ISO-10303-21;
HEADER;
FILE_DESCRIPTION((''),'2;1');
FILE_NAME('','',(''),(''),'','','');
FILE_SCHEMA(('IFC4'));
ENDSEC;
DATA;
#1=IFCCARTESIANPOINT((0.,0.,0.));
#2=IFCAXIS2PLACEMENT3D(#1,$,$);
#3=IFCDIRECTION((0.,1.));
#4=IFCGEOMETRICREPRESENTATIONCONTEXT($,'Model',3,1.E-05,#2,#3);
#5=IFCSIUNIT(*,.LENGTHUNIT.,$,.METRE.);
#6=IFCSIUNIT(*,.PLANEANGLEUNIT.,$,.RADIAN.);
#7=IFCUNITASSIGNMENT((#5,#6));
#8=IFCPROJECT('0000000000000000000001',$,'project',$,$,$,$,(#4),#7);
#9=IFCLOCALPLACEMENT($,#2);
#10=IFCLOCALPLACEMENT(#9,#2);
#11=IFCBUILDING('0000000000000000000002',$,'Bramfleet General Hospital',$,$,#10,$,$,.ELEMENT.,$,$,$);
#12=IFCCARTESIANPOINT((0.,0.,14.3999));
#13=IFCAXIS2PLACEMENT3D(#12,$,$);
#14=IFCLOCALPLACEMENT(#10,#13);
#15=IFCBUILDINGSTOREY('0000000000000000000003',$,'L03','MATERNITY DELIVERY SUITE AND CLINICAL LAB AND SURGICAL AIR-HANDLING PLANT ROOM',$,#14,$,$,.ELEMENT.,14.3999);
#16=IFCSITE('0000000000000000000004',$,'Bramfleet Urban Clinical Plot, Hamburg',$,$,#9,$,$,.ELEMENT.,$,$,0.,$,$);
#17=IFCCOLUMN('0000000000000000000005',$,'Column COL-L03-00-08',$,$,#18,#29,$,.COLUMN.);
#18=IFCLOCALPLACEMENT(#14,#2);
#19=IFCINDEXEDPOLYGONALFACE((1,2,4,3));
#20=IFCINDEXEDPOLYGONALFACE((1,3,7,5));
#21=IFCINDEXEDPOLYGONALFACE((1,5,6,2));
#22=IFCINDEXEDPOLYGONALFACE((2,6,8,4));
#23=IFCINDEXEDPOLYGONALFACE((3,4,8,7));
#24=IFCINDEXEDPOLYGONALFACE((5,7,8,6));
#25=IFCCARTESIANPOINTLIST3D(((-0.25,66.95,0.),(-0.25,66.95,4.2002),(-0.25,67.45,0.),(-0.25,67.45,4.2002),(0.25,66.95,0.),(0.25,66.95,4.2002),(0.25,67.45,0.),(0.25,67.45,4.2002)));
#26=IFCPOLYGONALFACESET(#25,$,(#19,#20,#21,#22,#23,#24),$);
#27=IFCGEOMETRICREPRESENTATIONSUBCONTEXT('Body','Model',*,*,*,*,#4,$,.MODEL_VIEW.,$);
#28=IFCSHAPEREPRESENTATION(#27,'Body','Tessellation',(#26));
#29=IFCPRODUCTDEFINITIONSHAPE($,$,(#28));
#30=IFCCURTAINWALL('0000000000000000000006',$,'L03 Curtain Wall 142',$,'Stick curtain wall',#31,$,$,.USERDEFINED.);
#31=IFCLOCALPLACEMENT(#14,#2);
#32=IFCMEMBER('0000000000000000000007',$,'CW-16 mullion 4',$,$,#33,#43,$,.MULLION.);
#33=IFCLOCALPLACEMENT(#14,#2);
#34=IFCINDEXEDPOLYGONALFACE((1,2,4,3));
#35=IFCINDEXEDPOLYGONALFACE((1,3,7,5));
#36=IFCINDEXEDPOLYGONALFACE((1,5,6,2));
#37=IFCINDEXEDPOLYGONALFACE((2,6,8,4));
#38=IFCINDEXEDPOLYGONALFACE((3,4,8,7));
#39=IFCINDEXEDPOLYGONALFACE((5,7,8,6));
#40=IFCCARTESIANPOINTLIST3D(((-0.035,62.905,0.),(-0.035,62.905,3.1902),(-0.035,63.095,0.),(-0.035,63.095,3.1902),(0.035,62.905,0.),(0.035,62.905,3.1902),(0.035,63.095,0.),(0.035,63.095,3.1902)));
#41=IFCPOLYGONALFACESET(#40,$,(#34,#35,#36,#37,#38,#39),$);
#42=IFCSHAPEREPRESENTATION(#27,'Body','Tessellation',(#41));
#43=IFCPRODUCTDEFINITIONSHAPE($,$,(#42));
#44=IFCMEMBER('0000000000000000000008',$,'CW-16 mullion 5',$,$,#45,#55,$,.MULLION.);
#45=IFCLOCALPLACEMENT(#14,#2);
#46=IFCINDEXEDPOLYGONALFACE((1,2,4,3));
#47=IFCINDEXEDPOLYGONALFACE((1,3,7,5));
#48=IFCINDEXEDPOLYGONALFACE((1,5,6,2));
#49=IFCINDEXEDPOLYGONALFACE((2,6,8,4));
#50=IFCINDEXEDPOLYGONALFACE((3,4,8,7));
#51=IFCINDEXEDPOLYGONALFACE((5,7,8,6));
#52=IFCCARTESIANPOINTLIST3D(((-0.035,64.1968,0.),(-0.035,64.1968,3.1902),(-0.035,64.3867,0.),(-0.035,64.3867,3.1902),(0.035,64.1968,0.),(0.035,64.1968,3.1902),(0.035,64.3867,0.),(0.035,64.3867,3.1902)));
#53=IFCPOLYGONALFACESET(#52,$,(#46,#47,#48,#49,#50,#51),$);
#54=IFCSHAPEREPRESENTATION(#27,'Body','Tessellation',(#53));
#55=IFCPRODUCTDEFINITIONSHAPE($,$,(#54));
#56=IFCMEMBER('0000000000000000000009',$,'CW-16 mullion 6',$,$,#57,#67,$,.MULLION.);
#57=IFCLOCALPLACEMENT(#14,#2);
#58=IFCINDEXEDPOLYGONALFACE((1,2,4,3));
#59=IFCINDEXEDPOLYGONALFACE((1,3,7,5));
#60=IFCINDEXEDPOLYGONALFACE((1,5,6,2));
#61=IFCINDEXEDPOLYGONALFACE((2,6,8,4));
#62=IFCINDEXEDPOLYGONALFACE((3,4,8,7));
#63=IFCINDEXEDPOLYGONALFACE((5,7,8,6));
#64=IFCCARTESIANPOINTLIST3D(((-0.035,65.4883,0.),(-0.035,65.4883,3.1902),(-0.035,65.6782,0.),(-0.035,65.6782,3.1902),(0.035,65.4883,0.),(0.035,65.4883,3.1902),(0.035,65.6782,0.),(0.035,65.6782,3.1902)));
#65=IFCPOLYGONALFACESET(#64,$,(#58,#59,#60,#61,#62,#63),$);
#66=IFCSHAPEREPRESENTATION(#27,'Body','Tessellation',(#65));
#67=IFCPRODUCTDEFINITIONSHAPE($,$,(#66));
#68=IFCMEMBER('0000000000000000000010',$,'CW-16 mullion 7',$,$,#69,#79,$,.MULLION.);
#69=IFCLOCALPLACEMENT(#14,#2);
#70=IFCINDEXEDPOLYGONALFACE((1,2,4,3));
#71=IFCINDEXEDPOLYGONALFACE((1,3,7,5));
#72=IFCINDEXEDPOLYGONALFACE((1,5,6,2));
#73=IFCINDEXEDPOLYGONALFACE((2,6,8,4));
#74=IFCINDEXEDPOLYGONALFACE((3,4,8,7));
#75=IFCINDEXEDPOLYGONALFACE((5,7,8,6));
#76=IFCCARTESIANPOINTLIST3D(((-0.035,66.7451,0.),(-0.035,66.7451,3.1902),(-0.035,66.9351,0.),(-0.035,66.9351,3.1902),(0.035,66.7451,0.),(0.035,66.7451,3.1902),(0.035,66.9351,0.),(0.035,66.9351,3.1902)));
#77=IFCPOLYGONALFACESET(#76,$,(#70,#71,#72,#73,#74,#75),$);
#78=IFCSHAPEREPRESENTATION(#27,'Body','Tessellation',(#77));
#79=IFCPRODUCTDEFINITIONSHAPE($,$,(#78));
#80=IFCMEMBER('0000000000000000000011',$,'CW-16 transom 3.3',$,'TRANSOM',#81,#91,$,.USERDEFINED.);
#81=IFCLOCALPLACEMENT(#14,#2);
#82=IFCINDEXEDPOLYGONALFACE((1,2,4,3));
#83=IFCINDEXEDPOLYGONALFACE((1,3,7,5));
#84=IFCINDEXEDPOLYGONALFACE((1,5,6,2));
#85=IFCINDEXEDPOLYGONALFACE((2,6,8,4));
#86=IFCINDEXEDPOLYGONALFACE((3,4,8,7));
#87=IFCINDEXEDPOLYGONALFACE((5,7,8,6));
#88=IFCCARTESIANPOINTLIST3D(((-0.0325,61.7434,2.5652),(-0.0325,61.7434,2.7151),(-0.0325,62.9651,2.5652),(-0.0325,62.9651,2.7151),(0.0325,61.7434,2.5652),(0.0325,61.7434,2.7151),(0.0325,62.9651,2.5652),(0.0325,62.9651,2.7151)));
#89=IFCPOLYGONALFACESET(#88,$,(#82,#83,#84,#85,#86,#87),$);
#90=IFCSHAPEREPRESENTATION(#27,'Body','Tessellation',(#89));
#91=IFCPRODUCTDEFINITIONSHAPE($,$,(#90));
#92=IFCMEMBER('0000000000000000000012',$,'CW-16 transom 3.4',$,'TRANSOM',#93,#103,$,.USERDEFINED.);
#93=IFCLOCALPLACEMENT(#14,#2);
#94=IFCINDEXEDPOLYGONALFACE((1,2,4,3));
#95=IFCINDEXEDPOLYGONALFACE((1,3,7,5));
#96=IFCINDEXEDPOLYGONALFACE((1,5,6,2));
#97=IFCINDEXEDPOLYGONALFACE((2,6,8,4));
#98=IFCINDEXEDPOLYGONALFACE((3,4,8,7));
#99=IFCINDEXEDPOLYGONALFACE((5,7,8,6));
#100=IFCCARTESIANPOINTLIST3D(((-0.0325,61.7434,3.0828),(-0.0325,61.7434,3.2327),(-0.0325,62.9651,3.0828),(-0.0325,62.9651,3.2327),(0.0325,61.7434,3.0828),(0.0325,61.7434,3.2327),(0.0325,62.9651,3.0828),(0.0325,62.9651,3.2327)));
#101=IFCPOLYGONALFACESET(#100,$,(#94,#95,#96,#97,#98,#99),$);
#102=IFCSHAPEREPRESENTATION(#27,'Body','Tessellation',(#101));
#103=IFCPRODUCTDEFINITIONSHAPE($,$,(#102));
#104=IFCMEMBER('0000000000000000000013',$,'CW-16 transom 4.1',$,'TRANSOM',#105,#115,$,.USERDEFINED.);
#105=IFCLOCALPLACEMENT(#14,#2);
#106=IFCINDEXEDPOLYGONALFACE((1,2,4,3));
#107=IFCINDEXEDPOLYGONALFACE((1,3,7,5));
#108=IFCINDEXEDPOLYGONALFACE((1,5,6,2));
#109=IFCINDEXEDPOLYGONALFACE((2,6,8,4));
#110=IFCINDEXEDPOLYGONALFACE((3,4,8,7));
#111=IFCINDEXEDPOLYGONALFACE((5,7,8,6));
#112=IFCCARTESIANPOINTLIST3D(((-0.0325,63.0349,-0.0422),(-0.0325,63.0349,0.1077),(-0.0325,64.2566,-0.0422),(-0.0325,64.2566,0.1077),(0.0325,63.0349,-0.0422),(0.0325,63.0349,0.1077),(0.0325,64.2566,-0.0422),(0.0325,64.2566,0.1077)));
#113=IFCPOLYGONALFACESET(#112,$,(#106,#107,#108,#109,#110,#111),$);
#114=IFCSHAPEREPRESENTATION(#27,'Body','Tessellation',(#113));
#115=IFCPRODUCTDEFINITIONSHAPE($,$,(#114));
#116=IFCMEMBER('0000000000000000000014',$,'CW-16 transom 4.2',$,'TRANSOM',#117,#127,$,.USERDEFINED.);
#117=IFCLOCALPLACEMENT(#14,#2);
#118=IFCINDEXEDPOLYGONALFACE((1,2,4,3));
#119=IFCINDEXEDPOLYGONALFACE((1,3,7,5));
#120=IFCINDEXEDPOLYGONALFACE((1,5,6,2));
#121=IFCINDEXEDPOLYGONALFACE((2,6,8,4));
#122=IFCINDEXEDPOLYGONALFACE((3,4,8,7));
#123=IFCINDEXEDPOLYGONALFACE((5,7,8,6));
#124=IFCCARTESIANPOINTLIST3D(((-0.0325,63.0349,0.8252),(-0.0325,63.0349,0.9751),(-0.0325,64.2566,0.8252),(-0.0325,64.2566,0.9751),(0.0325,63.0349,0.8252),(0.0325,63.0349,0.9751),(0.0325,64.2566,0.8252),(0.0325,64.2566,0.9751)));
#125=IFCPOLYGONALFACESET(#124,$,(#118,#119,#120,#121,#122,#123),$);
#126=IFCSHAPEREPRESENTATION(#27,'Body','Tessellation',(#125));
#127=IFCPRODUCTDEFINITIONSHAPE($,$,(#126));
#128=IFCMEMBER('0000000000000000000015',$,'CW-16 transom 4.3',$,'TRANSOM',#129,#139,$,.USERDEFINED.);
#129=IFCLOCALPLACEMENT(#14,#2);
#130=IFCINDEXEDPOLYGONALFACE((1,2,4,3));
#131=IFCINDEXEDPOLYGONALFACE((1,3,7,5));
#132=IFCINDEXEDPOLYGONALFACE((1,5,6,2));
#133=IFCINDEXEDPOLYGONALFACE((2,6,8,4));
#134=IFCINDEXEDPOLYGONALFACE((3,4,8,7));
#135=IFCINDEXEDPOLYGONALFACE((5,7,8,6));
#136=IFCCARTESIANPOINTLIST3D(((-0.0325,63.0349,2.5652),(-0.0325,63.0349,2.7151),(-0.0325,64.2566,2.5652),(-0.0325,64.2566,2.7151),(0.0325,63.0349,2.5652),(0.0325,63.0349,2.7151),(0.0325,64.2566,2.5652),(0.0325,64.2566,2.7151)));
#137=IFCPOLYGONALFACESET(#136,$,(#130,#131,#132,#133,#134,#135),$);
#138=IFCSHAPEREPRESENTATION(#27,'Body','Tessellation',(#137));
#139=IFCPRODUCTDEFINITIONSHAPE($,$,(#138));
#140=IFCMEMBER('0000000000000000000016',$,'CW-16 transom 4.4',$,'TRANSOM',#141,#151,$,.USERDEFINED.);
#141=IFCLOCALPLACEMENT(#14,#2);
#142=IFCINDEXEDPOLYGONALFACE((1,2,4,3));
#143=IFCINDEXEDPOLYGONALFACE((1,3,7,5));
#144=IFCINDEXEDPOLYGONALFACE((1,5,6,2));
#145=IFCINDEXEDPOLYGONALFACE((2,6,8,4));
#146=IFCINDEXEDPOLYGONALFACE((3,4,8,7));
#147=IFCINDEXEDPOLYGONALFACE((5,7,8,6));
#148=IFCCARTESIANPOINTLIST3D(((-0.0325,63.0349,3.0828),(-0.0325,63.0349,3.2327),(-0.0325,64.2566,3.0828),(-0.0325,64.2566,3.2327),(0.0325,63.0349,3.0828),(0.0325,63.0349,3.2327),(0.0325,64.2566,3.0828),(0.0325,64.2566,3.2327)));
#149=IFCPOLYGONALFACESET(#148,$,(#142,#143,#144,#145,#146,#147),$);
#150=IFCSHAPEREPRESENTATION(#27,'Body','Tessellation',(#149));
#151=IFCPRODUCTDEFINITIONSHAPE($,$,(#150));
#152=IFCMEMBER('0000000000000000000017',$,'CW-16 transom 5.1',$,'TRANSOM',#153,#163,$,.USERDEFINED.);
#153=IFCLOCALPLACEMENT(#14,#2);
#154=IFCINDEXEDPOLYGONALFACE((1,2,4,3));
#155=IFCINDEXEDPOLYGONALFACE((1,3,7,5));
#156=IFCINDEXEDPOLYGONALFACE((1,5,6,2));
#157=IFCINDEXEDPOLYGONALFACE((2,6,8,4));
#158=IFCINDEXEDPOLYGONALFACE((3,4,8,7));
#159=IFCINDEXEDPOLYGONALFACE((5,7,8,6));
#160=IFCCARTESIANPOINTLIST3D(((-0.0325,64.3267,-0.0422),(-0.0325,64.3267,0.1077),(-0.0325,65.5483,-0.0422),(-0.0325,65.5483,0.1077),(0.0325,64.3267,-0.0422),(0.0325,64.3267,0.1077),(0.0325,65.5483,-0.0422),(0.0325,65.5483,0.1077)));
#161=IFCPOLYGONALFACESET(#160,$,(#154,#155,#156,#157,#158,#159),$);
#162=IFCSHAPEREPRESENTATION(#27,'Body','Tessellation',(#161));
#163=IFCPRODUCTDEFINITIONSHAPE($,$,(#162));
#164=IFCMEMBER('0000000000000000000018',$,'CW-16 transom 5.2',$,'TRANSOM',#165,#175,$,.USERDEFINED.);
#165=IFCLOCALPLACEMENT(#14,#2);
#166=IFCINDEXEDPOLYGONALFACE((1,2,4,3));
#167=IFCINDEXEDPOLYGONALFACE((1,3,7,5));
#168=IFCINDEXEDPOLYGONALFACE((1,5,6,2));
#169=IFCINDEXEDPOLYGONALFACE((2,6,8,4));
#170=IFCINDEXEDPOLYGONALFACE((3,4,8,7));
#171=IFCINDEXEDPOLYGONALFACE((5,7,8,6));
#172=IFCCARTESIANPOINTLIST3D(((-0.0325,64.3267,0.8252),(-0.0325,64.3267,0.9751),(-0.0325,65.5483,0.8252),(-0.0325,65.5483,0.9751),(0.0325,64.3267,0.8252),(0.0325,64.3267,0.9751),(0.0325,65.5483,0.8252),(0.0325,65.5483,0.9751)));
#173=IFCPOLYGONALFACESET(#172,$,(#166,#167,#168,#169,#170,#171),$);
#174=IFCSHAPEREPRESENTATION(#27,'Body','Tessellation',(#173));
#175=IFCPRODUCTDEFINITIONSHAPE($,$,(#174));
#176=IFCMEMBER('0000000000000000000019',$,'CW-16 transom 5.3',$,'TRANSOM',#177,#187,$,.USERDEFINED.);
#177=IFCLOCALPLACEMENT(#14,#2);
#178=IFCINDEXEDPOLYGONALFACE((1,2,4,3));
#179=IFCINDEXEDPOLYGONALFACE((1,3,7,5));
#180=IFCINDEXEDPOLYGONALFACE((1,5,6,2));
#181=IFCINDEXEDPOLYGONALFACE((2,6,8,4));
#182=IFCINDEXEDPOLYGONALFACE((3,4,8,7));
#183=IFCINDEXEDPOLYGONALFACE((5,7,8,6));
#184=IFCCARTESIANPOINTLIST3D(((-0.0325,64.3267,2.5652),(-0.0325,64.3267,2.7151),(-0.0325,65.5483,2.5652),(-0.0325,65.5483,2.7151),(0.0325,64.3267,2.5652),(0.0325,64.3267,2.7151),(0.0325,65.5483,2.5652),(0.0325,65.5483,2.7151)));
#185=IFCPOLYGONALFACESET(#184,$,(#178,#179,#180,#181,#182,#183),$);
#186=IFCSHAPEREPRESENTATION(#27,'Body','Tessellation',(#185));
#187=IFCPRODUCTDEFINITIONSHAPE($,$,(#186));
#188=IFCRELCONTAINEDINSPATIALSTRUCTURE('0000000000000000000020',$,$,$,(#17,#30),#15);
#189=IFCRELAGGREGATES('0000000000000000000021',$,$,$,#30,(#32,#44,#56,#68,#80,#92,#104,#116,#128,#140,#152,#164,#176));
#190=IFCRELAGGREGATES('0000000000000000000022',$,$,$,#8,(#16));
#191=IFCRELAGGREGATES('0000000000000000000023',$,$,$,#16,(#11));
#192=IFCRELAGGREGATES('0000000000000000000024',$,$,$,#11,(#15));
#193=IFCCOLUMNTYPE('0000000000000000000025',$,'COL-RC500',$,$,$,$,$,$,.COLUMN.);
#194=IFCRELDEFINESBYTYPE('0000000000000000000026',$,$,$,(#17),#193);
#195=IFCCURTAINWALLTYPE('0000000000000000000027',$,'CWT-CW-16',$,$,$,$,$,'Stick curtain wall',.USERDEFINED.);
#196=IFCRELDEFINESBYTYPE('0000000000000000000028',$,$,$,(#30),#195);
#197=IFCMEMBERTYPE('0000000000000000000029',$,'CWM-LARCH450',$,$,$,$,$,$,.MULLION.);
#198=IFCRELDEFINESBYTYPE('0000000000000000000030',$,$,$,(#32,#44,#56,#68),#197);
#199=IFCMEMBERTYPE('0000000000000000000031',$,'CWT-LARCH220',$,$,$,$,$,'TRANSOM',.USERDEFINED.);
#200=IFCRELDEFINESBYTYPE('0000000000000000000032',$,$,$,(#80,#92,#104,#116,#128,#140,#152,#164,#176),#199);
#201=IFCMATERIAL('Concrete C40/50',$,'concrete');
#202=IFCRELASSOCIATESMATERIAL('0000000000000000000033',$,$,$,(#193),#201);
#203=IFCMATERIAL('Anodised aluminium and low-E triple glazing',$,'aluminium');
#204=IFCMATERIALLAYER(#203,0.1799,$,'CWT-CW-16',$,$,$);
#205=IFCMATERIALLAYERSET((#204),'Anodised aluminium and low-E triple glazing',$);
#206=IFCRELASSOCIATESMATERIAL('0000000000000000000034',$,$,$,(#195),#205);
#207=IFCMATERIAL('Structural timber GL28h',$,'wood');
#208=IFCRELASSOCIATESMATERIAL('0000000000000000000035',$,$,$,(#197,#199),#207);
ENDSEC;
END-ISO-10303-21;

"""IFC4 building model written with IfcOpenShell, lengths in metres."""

from ifc_helpers import new_model, si_unit, direction, frame, origin, origin_2d, place, context, subcontext, project, spatial, rectangle, extrude, material, layer, layer_set, material_profile, profile_set, type_object, element, aggregate, save


model = new_model("IFC4")

# Units and contexts
model_context = context("Model", 3, precision=1e-05, world=origin(), true_north=direction((0.0, 1.0)))
body_context = subcontext(model_context, "Body", "Model", "MODEL_VIEW")
ifc_project = project(units=[si_unit("LENGTHUNIT", "METRE"), si_unit("PLANEANGLEUNIT", "RADIAN")], contexts=[model_context])

# Site, building, storey
site_placement = place(None, origin())
site = spatial("IfcSite", under=ifc_project, at=site_placement, Name="Bramfleet Urban Clinical Plot, Hamburg", CompositionType="ELEMENT", RefElevation=0.0)
building_placement = place(site_placement, origin())
building = spatial("IfcBuilding", under=site, at=building_placement, Name="Bramfleet General Hospital", CompositionType="ELEMENT")
storey_placement = place(building_placement, frame((0.0, 0.0, 14.3999)))
storey = spatial("IfcBuildingStorey", under=building, at=storey_placement, Name="L03", Description="MATERNITY DELIVERY SUITE AND CLINICAL LAB AND SURGICAL AIR-HANDLING PLANT ROOM", CompositionType="ELEMENT", Elevation=14.3999)

# Column
ifc_material_1 = material(Name="Concrete C40/50", Category="concrete")
ifc_material_profile_1 = material_profile(ifc_material_1, rectangle(XDim=0.5, YDim=0.5, at=origin_2d()), Name="RC COL 500x500")
ifc_profile_set_1 = profile_set([ifc_material_profile_1], Name="Concrete C40/50")
column_type = type_object("IfcColumnType", Name="COL-RC500", PredefinedType="COLUMN", material=ifc_profile_set_1)
column_placement = place(storey_placement, frame((0.0, 67.2, 0.0), z_axis=(0.0, 0.0, 1.0), x_axis=(1.0, 0.0, 0.0)))
element("IfcColumn", 1, at=column_placement, inside=storey, type_object=column_type, Name="Column COL-L03-00-08", PredefinedType="COLUMN", context=body_context, shape_type="SweptSolid", body=[
    extrude(rectangle(XDim=0.5, YDim=0.5, at=origin_2d()), origin(), (0.0, 0.0, 1.0), 4.2002),
])

# Curtain wall, members
ifc_material_2 = material(Name="Anodised aluminium and low-E triple glazing", Category="aluminium")
ifc_layer_1 = layer(ifc_material_2, 0.1799, Name="CWT-CW-16")
ifc_layer_set_1 = layer_set([ifc_layer_1], Name="Anodised aluminium and low-E triple glazing")
curtain_wall_type = type_object("IfcCurtainWallType", Name="CWT-CW-16", ElementType="Stick curtain wall", PredefinedType="USERDEFINED", material=ifc_layer_set_1)
curtain_wall_placement = place(storey_placement, origin())
curtain_wall = element("IfcCurtainWall", 2, at=curtain_wall_placement, inside=storey, type_object=curtain_wall_type, Name="L03 Curtain Wall 142", ObjectType="Stick curtain wall", PredefinedType="USERDEFINED")
ifc_material_3 = material(Name="Structural timber GL28h", Category="wood")
ifc_material_profile_2 = material_profile(ifc_material_3, rectangle(XDim=0.0701, YDim=0.1899, at=origin_2d()), Name="LARCH 190x70")
ifc_profile_set_2 = profile_set([ifc_material_profile_2], Name="Structural timber GL28h")
member_type_1 = type_object("IfcMemberType", Name="CWM-LARCH450", PredefinedType="MULLION", material=ifc_profile_set_2)
member_1_placement = place(storey_placement, frame((0.0, 63.0, 0.0), z_axis=(0.0, 0.0, 1.0), x_axis=(-1.0, 0.0, 0.0)))
member_1 = element("IfcMember", 3, at=member_1_placement, type_object=member_type_1, Name="CW-16 mullion 4", PredefinedType="MULLION", context=body_context, shape_type="SweptSolid", body=[
    extrude(rectangle(XDim=0.0701, YDim=0.1899, at=origin_2d()), origin(), (0.0, 0.0, 1.0), 3.1902),
])
member_2_placement = place(storey_placement, frame((0.0, 64.2917, 0.0), z_axis=(0.0, 0.0, 1.0), x_axis=(-1.0, 0.0, 0.0)))
member_2 = element("IfcMember", 4, at=member_2_placement, type_object=member_type_1, Name="CW-16 mullion 5", PredefinedType="MULLION", context=body_context, shape_type="SweptSolid", body=[
    extrude(rectangle(XDim=0.0701, YDim=0.1899, at=origin_2d()), origin(), (0.0, 0.0, 1.0), 3.1902),
])
member_3_placement = place(storey_placement, frame((0.0, 65.5833, 0.0), z_axis=(0.0, 0.0, 1.0), x_axis=(-1.0, 0.0, 0.0)))
member_3 = element("IfcMember", 5, at=member_3_placement, type_object=member_type_1, Name="CW-16 mullion 6", PredefinedType="MULLION", context=body_context, shape_type="SweptSolid", body=[
    extrude(rectangle(XDim=0.0701, YDim=0.1899, at=origin_2d()), origin(), (0.0, 0.0, 1.0), 3.1902),
])
member_4_placement = place(storey_placement, frame((0.0, 66.8401, 0.0), z_axis=(0.0, 0.0, 1.0), x_axis=(-1.0, 0.0, 0.0)))
member_4 = element("IfcMember", 6, at=member_4_placement, type_object=member_type_1, Name="CW-16 mullion 7", PredefinedType="MULLION", context=body_context, shape_type="SweptSolid", body=[
    extrude(rectangle(XDim=0.0701, YDim=0.1899, at=origin_2d()), origin(), (0.0, 0.0, 1.0), 3.1902),
])
ifc_material_profile_3 = material_profile(ifc_material_3, rectangle(XDim=0.0649, YDim=0.1499, at=origin_2d()), Name="LARCH 150x65")
ifc_profile_set_3 = profile_set([ifc_material_profile_3], Name="Structural timber GL28h")
member_type_2 = type_object("IfcMemberType", Name="CWT-LARCH220", ElementType="TRANSOM", PredefinedType="USERDEFINED", material=ifc_profile_set_3)
member_5_placement = place(storey_placement, frame((0.0, 61.7434, 2.6401), z_axis=(0.0, 1.0, 0.0), x_axis=(-1.0, 0.0, 0.0)))
member_5 = element("IfcMember", 7, at=member_5_placement, type_object=member_type_2, Name="CW-16 transom 3.3", ObjectType="TRANSOM", PredefinedType="USERDEFINED", context=body_context, shape_type="SweptSolid", body=[
    extrude(rectangle(XDim=0.0649, YDim=0.1499, at=origin_2d()), origin(), (0.0, 0.0, 1.0), 1.2217),
])
member_6_placement = place(storey_placement, frame((0.0, 61.7434, 3.1577), z_axis=(0.0, 1.0, 0.0), x_axis=(-1.0, 0.0, 0.0)))
member_6 = element("IfcMember", 8, at=member_6_placement, type_object=member_type_2, Name="CW-16 transom 3.4", ObjectType="TRANSOM", PredefinedType="USERDEFINED", context=body_context, shape_type="SweptSolid", body=[
    extrude(rectangle(XDim=0.0649, YDim=0.1499, at=origin_2d()), origin(), (0.0, 0.0, 1.0), 1.2217),
])
member_7_placement = place(storey_placement, frame((0.0, 63.0349, 0.0327), z_axis=(0.0, 1.0, 0.0), x_axis=(-1.0, 0.0, 0.0)))
member_7 = element("IfcMember", 9, at=member_7_placement, type_object=member_type_2, Name="CW-16 transom 4.1", ObjectType="TRANSOM", PredefinedType="USERDEFINED", context=body_context, shape_type="SweptSolid", body=[
    extrude(rectangle(XDim=0.0649, YDim=0.1499, at=origin_2d()), origin(), (0.0, 0.0, 1.0), 1.2217),
])
member_8_placement = place(storey_placement, frame((0.0, 63.0349, 0.9001), z_axis=(0.0, 1.0, 0.0), x_axis=(-1.0, 0.0, 0.0)))
member_8 = element("IfcMember", 10, at=member_8_placement, type_object=member_type_2, Name="CW-16 transom 4.2", ObjectType="TRANSOM", PredefinedType="USERDEFINED", context=body_context, shape_type="SweptSolid", body=[
    extrude(rectangle(XDim=0.0649, YDim=0.1499, at=origin_2d()), origin(), (0.0, 0.0, 1.0), 1.2217),
])
member_9_placement = place(storey_placement, frame((0.0, 63.0349, 2.6401), z_axis=(0.0, 1.0, 0.0), x_axis=(-1.0, 0.0, 0.0)))
member_9 = element("IfcMember", 11, at=member_9_placement, type_object=member_type_2, Name="CW-16 transom 4.3", ObjectType="TRANSOM", PredefinedType="USERDEFINED", context=body_context, shape_type="SweptSolid", body=[
    extrude(rectangle(XDim=0.0649, YDim=0.1499, at=origin_2d()), origin(), (0.0, 0.0, 1.0), 1.2217),
])
member_10_placement = place(storey_placement, frame((0.0, 63.0349, 3.1577), z_axis=(0.0, 1.0, 0.0), x_axis=(-1.0, 0.0, 0.0)))
member_10 = element("IfcMember", 12, at=member_10_placement, type_object=member_type_2, Name="CW-16 transom 4.4", ObjectType="TRANSOM", PredefinedType="USERDEFINED", context=body_context, shape_type="SweptSolid", body=[
    extrude(rectangle(XDim=0.0649, YDim=0.1499, at=origin_2d()), origin(), (0.0, 0.0, 1.0), 1.2217),
])
member_11_placement = place(storey_placement, frame((0.0, 64.3267, 0.0327), z_axis=(0.0, 1.0, 0.0), x_axis=(-1.0, 0.0, 0.0)))
member_11 = element("IfcMember", 13, at=member_11_placement, type_object=member_type_2, Name="CW-16 transom 5.1", ObjectType="TRANSOM", PredefinedType="USERDEFINED", context=body_context, shape_type="SweptSolid", body=[
    extrude(rectangle(XDim=0.0649, YDim=0.1499, at=origin_2d()), origin(), (0.0, 0.0, 1.0), 1.2217),
])
member_12_placement = place(storey_placement, frame((0.0, 64.3267, 0.9001), z_axis=(0.0, 1.0, 0.0), x_axis=(-1.0, 0.0, 0.0)))
member_12 = element("IfcMember", 14, at=member_12_placement, type_object=member_type_2, Name="CW-16 transom 5.2", ObjectType="TRANSOM", PredefinedType="USERDEFINED", context=body_context, shape_type="SweptSolid", body=[
    extrude(rectangle(XDim=0.0649, YDim=0.1499, at=origin_2d()), origin(), (0.0, 0.0, 1.0), 1.2217),
])
member_13_placement = place(storey_placement, frame((0.0, 64.3267, 2.6401), z_axis=(0.0, 1.0, 0.0), x_axis=(-1.0, 0.0, 0.0)))
member_13 = element("IfcMember", 15, at=member_13_placement, type_object=member_type_2, Name="CW-16 transom 5.3", ObjectType="TRANSOM", PredefinedType="USERDEFINED", context=body_context, shape_type="SweptSolid", body=[
    extrude(rectangle(XDim=0.0649, YDim=0.1499, at=origin_2d()), origin(), (0.0, 0.0, 1.0), 1.2217),
])
aggregate(curtain_wall, [member_1, member_2, member_3, member_4, member_5, member_6, member_7, member_8, member_9, member_10, member_11, member_12, member_13])

save(model, "model.ifc")
